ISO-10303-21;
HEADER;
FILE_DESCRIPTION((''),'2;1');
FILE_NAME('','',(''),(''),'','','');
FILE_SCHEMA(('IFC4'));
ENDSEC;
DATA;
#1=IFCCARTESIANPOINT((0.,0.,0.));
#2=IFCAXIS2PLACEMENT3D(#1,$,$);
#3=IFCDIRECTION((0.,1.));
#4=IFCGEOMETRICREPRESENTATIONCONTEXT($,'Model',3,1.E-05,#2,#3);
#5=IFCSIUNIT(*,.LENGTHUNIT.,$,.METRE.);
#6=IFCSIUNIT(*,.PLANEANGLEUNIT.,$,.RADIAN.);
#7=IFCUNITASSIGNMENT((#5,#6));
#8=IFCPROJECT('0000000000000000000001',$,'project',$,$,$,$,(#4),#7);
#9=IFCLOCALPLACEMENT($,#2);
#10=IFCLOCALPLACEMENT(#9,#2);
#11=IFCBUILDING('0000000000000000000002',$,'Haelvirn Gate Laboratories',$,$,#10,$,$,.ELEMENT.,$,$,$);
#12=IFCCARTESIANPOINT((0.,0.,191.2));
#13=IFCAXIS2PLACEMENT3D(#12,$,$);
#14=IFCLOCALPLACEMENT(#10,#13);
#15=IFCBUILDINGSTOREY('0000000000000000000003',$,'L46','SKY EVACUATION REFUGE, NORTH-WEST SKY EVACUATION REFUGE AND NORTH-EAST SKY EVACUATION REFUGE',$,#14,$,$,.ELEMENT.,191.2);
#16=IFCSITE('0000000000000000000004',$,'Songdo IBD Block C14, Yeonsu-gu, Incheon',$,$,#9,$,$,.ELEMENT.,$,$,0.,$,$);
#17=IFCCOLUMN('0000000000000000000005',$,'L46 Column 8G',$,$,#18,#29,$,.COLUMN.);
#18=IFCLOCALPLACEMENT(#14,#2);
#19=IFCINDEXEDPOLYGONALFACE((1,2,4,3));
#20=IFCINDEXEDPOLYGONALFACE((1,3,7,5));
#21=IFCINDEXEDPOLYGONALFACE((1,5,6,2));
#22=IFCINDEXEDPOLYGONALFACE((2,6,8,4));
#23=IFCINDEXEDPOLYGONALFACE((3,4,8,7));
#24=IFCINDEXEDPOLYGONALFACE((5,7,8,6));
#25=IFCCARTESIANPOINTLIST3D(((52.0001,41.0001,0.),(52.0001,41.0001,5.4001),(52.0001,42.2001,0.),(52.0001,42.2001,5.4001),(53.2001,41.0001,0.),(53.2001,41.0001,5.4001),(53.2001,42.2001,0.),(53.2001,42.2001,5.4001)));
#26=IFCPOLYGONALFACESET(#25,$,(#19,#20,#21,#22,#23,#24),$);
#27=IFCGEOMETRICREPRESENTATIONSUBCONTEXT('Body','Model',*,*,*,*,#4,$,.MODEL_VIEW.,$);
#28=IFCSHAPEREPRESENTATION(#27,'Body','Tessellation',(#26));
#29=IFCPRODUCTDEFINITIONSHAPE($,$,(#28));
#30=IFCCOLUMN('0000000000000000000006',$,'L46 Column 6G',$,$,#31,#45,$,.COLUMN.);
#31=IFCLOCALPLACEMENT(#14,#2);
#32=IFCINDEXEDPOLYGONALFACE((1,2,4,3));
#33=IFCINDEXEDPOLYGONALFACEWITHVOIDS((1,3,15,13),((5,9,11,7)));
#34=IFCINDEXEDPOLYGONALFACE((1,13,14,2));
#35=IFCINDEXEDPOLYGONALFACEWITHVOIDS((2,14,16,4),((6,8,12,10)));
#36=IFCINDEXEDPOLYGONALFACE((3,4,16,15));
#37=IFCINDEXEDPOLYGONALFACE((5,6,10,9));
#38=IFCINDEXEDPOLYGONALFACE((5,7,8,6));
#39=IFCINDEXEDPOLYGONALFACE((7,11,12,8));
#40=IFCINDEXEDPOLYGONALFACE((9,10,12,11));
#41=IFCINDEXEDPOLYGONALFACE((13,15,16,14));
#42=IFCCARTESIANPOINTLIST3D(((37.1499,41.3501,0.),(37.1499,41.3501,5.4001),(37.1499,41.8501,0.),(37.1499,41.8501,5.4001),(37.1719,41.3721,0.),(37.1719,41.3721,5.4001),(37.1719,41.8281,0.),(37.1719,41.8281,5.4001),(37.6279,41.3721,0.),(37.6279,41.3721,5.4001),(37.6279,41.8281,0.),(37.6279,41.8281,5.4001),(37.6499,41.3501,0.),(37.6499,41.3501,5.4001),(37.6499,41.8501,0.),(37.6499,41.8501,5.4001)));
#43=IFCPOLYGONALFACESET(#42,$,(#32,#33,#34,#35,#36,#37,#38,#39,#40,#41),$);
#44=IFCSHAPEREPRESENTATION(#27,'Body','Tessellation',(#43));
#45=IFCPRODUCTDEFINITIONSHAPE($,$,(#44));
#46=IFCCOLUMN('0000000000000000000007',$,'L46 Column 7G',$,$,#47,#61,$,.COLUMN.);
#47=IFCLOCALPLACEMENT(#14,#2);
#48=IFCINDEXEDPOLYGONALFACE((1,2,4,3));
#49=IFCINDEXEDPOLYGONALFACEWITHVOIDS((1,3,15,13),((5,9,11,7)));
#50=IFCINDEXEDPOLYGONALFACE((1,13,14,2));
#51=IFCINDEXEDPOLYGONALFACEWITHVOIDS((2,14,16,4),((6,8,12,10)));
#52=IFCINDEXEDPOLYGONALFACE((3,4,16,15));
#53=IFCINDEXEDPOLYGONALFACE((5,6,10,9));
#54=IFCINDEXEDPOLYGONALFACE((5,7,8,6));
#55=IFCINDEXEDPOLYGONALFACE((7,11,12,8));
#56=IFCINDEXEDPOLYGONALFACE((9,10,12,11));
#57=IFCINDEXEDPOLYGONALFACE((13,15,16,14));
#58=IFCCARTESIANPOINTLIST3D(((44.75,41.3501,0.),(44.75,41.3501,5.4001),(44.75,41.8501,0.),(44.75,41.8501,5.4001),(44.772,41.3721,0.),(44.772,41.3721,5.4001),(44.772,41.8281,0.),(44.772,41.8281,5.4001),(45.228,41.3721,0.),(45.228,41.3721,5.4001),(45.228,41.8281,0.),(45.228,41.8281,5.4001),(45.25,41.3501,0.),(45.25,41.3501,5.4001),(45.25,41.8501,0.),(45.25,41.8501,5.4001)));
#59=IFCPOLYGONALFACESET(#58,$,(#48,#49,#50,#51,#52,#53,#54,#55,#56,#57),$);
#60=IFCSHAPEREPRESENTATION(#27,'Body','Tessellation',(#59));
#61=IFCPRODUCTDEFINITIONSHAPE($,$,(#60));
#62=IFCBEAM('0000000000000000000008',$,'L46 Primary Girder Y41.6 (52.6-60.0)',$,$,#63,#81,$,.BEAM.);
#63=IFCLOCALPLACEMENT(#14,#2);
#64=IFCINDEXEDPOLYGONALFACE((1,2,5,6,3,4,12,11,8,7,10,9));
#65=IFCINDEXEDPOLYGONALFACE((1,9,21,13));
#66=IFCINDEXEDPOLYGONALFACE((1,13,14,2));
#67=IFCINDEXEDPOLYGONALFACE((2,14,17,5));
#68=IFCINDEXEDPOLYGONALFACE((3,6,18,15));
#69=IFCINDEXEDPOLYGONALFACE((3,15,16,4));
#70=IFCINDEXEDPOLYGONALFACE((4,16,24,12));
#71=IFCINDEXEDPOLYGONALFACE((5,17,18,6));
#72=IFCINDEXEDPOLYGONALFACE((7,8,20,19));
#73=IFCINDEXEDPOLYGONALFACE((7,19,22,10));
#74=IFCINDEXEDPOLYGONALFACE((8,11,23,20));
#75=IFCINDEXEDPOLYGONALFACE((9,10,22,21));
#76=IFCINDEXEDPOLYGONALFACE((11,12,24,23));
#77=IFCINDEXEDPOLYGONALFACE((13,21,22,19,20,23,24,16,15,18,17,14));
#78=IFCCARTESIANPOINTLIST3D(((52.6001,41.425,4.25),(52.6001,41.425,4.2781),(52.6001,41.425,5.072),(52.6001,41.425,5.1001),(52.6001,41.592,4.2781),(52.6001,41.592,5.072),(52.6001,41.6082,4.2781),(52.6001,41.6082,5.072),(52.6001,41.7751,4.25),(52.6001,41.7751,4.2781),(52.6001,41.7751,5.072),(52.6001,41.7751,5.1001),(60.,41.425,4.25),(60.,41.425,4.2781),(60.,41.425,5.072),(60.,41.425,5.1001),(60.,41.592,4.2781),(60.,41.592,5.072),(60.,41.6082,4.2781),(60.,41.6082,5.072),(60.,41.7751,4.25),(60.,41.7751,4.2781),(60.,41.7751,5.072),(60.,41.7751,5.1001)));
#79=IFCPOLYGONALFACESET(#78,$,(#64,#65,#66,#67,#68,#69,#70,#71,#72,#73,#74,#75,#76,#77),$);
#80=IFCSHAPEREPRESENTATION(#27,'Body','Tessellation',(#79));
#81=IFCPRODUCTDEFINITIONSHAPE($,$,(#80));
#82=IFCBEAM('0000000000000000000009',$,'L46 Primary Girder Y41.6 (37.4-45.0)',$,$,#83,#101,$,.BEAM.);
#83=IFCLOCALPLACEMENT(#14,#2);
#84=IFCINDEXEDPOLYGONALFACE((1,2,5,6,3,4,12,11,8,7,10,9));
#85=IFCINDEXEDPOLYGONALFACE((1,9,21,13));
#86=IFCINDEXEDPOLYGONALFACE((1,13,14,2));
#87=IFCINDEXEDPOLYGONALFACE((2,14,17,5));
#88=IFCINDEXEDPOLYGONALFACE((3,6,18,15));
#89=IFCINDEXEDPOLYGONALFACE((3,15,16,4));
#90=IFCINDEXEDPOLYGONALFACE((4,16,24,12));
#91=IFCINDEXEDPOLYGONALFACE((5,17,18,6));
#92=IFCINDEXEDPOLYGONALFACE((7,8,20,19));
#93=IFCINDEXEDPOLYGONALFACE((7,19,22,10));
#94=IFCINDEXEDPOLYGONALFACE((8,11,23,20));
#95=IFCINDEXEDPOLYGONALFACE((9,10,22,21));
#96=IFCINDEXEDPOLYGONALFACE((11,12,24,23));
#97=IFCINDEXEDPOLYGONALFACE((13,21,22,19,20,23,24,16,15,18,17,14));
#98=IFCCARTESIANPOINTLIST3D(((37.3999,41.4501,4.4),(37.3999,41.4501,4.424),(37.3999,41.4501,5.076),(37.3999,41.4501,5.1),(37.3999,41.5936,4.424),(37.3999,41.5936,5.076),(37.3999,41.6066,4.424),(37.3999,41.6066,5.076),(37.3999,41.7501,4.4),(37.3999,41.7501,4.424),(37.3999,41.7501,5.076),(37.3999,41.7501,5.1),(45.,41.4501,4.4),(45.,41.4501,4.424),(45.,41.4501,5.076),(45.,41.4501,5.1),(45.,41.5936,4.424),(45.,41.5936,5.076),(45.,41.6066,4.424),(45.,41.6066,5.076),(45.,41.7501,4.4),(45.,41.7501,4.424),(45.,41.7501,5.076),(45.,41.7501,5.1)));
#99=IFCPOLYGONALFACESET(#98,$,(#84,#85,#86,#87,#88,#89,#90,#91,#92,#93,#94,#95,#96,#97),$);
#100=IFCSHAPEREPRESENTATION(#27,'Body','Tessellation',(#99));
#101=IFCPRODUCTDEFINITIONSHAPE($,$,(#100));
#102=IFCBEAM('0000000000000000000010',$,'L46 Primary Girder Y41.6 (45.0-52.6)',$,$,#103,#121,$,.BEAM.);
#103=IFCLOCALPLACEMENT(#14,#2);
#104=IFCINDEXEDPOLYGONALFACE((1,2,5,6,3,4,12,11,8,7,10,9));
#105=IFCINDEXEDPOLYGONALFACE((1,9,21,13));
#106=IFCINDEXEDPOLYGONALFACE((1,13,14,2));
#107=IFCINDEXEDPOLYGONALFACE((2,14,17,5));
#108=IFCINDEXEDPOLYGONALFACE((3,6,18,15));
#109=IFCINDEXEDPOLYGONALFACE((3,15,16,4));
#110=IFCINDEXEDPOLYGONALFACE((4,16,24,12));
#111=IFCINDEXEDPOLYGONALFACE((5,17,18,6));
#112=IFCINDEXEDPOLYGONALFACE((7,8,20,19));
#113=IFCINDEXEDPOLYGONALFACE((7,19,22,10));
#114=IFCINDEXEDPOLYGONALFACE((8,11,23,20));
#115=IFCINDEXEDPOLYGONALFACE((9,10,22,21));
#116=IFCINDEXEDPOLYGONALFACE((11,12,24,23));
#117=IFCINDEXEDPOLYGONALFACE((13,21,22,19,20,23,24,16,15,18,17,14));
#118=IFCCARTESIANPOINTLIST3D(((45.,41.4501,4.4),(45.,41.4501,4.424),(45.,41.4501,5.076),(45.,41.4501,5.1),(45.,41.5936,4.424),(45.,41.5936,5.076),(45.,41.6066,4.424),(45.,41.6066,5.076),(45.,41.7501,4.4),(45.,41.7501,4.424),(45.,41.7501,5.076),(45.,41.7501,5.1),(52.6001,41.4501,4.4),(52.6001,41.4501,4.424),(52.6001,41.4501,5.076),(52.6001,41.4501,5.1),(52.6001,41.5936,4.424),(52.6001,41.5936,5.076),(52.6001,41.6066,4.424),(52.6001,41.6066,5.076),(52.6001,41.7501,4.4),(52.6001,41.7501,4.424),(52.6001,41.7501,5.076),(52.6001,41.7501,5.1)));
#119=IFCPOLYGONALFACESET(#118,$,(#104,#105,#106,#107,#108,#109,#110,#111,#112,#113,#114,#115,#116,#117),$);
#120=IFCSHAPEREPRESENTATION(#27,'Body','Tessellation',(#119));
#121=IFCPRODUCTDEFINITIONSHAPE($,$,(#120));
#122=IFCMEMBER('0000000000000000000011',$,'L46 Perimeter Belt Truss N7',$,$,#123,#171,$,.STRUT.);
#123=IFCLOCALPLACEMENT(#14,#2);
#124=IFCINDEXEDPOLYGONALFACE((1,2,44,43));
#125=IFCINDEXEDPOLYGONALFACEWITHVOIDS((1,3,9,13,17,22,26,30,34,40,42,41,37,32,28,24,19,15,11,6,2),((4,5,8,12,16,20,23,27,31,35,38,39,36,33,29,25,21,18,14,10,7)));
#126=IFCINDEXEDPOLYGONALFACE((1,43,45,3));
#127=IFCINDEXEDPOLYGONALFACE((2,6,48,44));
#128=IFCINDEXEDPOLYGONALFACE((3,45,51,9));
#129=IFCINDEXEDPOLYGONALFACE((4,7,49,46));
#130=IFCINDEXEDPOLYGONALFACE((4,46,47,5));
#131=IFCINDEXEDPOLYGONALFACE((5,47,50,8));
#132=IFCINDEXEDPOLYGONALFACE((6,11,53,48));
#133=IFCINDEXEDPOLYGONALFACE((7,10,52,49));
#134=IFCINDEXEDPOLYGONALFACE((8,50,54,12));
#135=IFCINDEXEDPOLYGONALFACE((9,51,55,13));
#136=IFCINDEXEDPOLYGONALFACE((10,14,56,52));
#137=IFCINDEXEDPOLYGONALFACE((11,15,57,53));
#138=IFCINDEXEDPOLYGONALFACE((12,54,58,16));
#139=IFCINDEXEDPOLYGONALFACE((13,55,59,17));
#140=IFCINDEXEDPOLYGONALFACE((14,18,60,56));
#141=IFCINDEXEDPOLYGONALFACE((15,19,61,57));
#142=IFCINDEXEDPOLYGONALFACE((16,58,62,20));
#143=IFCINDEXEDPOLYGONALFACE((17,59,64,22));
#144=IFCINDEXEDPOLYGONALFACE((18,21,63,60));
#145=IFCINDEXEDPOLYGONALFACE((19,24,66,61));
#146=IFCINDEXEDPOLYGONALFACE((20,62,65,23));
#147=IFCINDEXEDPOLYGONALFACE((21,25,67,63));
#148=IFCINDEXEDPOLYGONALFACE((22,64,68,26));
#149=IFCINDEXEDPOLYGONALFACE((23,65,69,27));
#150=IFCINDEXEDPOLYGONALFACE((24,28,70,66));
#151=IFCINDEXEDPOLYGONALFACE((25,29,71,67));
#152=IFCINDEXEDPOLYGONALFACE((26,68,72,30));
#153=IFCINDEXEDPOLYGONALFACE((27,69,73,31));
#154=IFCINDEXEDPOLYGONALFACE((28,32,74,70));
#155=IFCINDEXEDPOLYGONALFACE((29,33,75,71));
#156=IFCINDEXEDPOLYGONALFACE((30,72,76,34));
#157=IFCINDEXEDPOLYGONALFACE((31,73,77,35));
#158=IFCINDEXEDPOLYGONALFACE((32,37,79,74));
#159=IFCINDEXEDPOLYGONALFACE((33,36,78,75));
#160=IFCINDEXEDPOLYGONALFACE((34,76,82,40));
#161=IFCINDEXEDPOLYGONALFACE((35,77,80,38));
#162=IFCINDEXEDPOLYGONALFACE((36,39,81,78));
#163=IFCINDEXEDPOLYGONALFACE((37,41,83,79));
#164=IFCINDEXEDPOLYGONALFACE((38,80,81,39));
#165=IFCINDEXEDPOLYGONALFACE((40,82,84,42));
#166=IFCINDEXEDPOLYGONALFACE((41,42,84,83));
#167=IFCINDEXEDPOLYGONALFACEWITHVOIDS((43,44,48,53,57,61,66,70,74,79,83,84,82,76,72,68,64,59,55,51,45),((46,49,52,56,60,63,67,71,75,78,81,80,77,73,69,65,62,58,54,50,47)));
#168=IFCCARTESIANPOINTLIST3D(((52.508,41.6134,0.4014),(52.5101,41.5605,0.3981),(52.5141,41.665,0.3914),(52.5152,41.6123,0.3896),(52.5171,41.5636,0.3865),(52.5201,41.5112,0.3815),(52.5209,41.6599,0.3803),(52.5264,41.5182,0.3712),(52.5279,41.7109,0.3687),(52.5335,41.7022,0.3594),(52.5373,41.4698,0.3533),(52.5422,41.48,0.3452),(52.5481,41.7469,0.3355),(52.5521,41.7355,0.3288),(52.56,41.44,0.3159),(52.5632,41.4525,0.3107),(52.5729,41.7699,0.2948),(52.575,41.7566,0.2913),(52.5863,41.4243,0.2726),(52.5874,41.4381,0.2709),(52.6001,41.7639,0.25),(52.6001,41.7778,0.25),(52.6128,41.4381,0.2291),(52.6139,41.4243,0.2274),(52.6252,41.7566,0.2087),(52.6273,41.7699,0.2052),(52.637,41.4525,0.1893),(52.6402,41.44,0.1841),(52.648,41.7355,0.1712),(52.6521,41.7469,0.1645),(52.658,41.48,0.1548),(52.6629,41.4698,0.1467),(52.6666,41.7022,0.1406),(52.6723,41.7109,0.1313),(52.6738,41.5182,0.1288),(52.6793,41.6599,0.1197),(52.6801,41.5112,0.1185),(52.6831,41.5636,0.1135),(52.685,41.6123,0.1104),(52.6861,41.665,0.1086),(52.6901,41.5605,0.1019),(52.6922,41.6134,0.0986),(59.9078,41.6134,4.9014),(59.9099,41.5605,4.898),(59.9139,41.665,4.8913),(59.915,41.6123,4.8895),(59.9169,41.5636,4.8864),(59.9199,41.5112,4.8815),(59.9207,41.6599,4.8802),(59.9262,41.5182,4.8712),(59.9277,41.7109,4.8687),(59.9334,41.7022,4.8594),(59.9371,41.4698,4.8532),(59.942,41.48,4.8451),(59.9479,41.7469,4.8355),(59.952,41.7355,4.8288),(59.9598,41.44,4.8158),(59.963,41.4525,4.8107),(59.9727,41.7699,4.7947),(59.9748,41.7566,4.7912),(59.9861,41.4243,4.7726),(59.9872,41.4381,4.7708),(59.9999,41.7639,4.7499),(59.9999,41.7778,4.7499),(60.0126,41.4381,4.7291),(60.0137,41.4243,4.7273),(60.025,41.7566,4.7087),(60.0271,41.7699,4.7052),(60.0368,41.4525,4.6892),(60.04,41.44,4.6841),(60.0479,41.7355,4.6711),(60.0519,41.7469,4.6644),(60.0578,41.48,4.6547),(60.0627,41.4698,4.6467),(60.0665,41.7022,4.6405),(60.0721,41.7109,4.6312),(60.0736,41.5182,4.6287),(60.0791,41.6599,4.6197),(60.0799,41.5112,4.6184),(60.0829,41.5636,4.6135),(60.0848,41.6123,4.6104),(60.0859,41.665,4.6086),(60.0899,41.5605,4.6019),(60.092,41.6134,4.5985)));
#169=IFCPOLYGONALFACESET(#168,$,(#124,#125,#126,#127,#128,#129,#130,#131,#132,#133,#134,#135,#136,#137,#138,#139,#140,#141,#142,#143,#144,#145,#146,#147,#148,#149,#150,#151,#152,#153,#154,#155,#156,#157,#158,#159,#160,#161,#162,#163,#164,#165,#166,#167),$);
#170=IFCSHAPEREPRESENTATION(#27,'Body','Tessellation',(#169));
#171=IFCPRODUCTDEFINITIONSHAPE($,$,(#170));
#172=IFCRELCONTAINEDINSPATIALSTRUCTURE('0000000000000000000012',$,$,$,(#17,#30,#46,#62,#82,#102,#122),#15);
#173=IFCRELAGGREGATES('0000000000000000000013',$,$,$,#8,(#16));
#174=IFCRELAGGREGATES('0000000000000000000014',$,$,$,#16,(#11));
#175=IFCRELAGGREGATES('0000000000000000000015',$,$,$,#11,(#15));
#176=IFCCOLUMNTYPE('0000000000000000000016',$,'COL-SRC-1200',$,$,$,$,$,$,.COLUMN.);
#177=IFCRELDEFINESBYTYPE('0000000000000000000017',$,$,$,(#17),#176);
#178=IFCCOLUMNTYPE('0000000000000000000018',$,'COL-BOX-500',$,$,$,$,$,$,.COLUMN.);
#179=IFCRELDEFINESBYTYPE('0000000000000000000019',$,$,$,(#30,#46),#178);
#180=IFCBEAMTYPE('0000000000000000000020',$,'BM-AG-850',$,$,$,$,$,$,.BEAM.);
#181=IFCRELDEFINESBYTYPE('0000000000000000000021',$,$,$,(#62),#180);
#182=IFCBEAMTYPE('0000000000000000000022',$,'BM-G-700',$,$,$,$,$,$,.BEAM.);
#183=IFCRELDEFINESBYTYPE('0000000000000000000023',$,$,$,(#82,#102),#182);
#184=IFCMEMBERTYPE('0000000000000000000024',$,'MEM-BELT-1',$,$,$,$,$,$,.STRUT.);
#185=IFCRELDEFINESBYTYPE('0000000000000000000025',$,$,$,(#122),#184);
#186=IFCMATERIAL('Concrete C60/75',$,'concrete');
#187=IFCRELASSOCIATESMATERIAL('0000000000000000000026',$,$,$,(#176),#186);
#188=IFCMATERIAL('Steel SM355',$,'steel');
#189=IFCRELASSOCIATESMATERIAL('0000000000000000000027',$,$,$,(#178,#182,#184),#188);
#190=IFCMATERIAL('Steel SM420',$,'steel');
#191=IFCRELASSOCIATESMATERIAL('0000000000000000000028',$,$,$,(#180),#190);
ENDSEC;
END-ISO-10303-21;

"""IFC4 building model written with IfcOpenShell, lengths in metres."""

from ifc_helpers import new_model, si_unit, direction, frame, origin, origin_2d, place, context, subcontext, project, spatial, rectangle, hollow_rectangle, hollow_circle, i_section, extrude, source, transform, mapped, material, material_profile, profile_set, type_object, type_shapes, element, save


model = new_model("IFC4")

# Units and contexts
model_context = context("Model", 3, precision=1e-05, world=origin(), true_north=direction((0.0, 1.0)))
body_context = subcontext(model_context, "Body", "Model", "MODEL_VIEW")
ifc_project = project(units=[si_unit("LENGTHUNIT", "METRE"), si_unit("PLANEANGLEUNIT", "RADIAN")], contexts=[model_context])

# Site, building, storey
site_placement = place(None, origin())
site = spatial("IfcSite", under=ifc_project, at=site_placement, Name="Songdo IBD Block C14, Yeonsu-gu, Incheon", CompositionType="ELEMENT", RefElevation=0.0)
building_placement = place(site_placement, origin())
building = spatial("IfcBuilding", under=site, at=building_placement, Name="Haelvirn Gate Laboratories", CompositionType="ELEMENT")
storey_placement = place(building_placement, frame((0.0, 0.0, 191.2)))
storey = spatial("IfcBuildingStorey", under=building, at=storey_placement, Name="L46", Description="SKY EVACUATION REFUGE, NORTH-WEST SKY EVACUATION REFUGE AND NORTH-EAST SKY EVACUATION REFUGE", CompositionType="ELEMENT", Elevation=191.2)

# Columns
ifc_material_1 = material(Name="Concrete C60/75", Category="concrete")
ifc_material_profile_1 = material_profile(ifc_material_1, rectangle(XDim=1.2, YDim=1.2, at=origin_2d()), Name="SRC-1200x1200")
ifc_profile_set_1 = profile_set([ifc_material_profile_1], Name="Concrete C60/75")
column_type_1 = type_object("IfcColumnType", Name="COL-SRC-1200", PredefinedType="COLUMN", material=ifc_profile_set_1)
shared_shape_1 = source(origin(), body_context, "Body", "SweptSolid", [
    extrude(rectangle(XDim=1.2, YDim=1.2, at=origin_2d()), origin(), (0.0, 0.0, 1.0), 5.4001),
])
type_shapes(column_type_1, [shared_shape_1])
column_placement = place(storey_placement, frame((52.6001, 41.6001, 0.0), z_axis=(0.0, 0.0, 1.0), x_axis=(1.0, 0.0, 0.0)))
element("IfcColumn", 1, at=column_placement, inside=storey, type_object=column_type_1, Name="L46 Column 8G", PredefinedType="COLUMN", context=body_context, shape_type="MappedRepresentation", body=[
    mapped(shared_shape_1, transform((0.0, 0.0, 0.0), scale=1.0)),
])
ifc_material_2 = material(Name="Steel SM355", Category="steel")
ifc_material_profile_2 = material_profile(ifc_material_2, hollow_rectangle(XDim=0.5, YDim=0.5, WallThickness=0.022, at=origin_2d()), Name="BOX-500x500x22")
ifc_profile_set_2 = profile_set([ifc_material_profile_2], Name="Steel SM355")
column_type_2 = type_object("IfcColumnType", Name="COL-BOX-500", PredefinedType="COLUMN", material=ifc_profile_set_2)
shared_shape_2 = source(origin(), body_context, "Body", "SweptSolid", [
    extrude(hollow_rectangle(XDim=0.5, YDim=0.5, WallThickness=0.022, at=origin_2d()), origin(), (0.0, 0.0, 1.0), 5.4001),
])
type_shapes(column_type_2, [shared_shape_2])
for number, where, z_axis, x_axis, name in (
    (2, (37.3999, 41.6001, 0.0), (0.0, 0.0, 1.0), (1.0, 0.0, 0.0), "L46 Column 6G"),
    (3, (45.0, 41.6001, 0.0), (0.0, 0.0, 1.0), (1.0, 0.0, 0.0), "L46 Column 7G"),
):
    element("IfcColumn", number, at=place(storey_placement, frame(where, z_axis=z_axis, x_axis=x_axis)), inside=storey, type_object=column_type_2, Name=name, PredefinedType="COLUMN", context=body_context, shape_type="MappedRepresentation", body=[
        mapped(shared_shape_2, transform((0.0, 0.0, 0.0), scale=1.0)),
    ])

# Beams
ifc_material_3 = material(Name="Steel SM420", Category="steel")
ifc_material_profile_3 = material_profile(ifc_material_3, i_section(OverallWidth=0.3501, OverallDepth=0.8501, WebThickness=0.0161, FlangeThickness=0.0281, at=origin_2d()), Name="H-850x350x16x28")
ifc_profile_set_3 = profile_set([ifc_material_profile_3], Name="Steel SM420")
beam_type_1 = type_object("IfcBeamType", Name="BM-AG-850", PredefinedType="BEAM", material=ifc_profile_set_3)
shared_shape_3 = source(origin(), body_context, "Body", "SweptSolid", [
    extrude(i_section(OverallWidth=0.3501, OverallDepth=0.8501, WebThickness=0.0161, FlangeThickness=0.0281, at=origin_2d()), origin(), (0.0, 0.0, 1.0), 7.3999),
])
type_shapes(beam_type_1, [shared_shape_3])
beam_placement = place(storey_placement, frame((52.6001, 41.6001, 4.675), z_axis=(1.0, 0.0, 0.0), x_axis=(0.0, 1.0, 0.0)))
element("IfcBeam", 4, at=beam_placement, inside=storey, type_object=beam_type_1, Name="L46 Primary Girder Y41.6 (52.6-60.0)", PredefinedType="BEAM", context=body_context, shape_type="MappedRepresentation", body=[
    mapped(shared_shape_3, transform((0.0, 0.0, 0.0), scale=1.0)),
])
ifc_material_profile_4 = material_profile(ifc_material_2, i_section(OverallWidth=0.3, OverallDepth=0.7, WebThickness=0.0129, FlangeThickness=0.0239, at=origin_2d()), Name="H-700x300x13x24")
ifc_profile_set_4 = profile_set([ifc_material_profile_4], Name="Steel SM355")
beam_type_2 = type_object("IfcBeamType", Name="BM-G-700", PredefinedType="BEAM", material=ifc_profile_set_4)
shared_shape_4 = source(origin(), body_context, "Body", "SweptSolid", [
    extrude(i_section(OverallWidth=0.3, OverallDepth=0.7, WebThickness=0.0129, FlangeThickness=0.0239, at=origin_2d()), origin(), (0.0, 0.0, 1.0), 7.6001),
])
type_shapes(beam_type_2, [shared_shape_4])
for number, where, z_axis, x_axis, name in (
    (5, (37.3999, 41.6001, 4.75), (1.0, 0.0, 0.0), (0.0, 1.0, 0.0), "L46 Primary Girder Y41.6 (37.4-45.0)"),
    (6, (45.0, 41.6001, 4.75), (1.0, 0.0, 0.0), (0.0, 1.0, 0.0), "L46 Primary Girder Y41.6 (45.0-52.6)"),
):
    element("IfcBeam", number, at=place(storey_placement, frame(where, z_axis=z_axis, x_axis=x_axis)), inside=storey, type_object=beam_type_2, Name=name, PredefinedType="BEAM", context=body_context, shape_type="MappedRepresentation", body=[
        mapped(shared_shape_4, transform((0.0, 0.0, 0.0), scale=1.0)),
    ])

# Member
ifc_material_profile_5 = material_profile(ifc_material_2, hollow_circle(Radius=0.1777, WallThickness=0.0139, at=origin_2d()), Name="CHS-355x14")
ifc_profile_set_5 = profile_set([ifc_material_profile_5], Name="Steel SM355")
member_type_1 = type_object("IfcMemberType", Name="MEM-BELT-1", PredefinedType="STRUT", material=ifc_profile_set_5)
shared_shape_5 = source(origin(), body_context, "Body", "SweptSolid", [
    extrude(hollow_circle(Radius=0.1777, WallThickness=0.0139, at=origin_2d()), origin(), (0.0, 0.0, 1.0), 8.6606),
])
member_1_placement = place(storey_placement, frame((52.6001, 41.6001, 0.25), z_axis=(0.854418, 0.0, 0.519586), x_axis=(0.0, 1.0, 0.0)))
element("IfcMember", 7, at=member_1_placement, inside=storey, type_object=member_type_1, Name="L46 Perimeter Belt Truss N7", PredefinedType="STRUT", context=body_context, shape_type="MappedRepresentation", body=[
    mapped(shared_shape_5, transform((0.0, 0.0, 0.0), scale=1.0)),
])

save(model, "model.ifc")
